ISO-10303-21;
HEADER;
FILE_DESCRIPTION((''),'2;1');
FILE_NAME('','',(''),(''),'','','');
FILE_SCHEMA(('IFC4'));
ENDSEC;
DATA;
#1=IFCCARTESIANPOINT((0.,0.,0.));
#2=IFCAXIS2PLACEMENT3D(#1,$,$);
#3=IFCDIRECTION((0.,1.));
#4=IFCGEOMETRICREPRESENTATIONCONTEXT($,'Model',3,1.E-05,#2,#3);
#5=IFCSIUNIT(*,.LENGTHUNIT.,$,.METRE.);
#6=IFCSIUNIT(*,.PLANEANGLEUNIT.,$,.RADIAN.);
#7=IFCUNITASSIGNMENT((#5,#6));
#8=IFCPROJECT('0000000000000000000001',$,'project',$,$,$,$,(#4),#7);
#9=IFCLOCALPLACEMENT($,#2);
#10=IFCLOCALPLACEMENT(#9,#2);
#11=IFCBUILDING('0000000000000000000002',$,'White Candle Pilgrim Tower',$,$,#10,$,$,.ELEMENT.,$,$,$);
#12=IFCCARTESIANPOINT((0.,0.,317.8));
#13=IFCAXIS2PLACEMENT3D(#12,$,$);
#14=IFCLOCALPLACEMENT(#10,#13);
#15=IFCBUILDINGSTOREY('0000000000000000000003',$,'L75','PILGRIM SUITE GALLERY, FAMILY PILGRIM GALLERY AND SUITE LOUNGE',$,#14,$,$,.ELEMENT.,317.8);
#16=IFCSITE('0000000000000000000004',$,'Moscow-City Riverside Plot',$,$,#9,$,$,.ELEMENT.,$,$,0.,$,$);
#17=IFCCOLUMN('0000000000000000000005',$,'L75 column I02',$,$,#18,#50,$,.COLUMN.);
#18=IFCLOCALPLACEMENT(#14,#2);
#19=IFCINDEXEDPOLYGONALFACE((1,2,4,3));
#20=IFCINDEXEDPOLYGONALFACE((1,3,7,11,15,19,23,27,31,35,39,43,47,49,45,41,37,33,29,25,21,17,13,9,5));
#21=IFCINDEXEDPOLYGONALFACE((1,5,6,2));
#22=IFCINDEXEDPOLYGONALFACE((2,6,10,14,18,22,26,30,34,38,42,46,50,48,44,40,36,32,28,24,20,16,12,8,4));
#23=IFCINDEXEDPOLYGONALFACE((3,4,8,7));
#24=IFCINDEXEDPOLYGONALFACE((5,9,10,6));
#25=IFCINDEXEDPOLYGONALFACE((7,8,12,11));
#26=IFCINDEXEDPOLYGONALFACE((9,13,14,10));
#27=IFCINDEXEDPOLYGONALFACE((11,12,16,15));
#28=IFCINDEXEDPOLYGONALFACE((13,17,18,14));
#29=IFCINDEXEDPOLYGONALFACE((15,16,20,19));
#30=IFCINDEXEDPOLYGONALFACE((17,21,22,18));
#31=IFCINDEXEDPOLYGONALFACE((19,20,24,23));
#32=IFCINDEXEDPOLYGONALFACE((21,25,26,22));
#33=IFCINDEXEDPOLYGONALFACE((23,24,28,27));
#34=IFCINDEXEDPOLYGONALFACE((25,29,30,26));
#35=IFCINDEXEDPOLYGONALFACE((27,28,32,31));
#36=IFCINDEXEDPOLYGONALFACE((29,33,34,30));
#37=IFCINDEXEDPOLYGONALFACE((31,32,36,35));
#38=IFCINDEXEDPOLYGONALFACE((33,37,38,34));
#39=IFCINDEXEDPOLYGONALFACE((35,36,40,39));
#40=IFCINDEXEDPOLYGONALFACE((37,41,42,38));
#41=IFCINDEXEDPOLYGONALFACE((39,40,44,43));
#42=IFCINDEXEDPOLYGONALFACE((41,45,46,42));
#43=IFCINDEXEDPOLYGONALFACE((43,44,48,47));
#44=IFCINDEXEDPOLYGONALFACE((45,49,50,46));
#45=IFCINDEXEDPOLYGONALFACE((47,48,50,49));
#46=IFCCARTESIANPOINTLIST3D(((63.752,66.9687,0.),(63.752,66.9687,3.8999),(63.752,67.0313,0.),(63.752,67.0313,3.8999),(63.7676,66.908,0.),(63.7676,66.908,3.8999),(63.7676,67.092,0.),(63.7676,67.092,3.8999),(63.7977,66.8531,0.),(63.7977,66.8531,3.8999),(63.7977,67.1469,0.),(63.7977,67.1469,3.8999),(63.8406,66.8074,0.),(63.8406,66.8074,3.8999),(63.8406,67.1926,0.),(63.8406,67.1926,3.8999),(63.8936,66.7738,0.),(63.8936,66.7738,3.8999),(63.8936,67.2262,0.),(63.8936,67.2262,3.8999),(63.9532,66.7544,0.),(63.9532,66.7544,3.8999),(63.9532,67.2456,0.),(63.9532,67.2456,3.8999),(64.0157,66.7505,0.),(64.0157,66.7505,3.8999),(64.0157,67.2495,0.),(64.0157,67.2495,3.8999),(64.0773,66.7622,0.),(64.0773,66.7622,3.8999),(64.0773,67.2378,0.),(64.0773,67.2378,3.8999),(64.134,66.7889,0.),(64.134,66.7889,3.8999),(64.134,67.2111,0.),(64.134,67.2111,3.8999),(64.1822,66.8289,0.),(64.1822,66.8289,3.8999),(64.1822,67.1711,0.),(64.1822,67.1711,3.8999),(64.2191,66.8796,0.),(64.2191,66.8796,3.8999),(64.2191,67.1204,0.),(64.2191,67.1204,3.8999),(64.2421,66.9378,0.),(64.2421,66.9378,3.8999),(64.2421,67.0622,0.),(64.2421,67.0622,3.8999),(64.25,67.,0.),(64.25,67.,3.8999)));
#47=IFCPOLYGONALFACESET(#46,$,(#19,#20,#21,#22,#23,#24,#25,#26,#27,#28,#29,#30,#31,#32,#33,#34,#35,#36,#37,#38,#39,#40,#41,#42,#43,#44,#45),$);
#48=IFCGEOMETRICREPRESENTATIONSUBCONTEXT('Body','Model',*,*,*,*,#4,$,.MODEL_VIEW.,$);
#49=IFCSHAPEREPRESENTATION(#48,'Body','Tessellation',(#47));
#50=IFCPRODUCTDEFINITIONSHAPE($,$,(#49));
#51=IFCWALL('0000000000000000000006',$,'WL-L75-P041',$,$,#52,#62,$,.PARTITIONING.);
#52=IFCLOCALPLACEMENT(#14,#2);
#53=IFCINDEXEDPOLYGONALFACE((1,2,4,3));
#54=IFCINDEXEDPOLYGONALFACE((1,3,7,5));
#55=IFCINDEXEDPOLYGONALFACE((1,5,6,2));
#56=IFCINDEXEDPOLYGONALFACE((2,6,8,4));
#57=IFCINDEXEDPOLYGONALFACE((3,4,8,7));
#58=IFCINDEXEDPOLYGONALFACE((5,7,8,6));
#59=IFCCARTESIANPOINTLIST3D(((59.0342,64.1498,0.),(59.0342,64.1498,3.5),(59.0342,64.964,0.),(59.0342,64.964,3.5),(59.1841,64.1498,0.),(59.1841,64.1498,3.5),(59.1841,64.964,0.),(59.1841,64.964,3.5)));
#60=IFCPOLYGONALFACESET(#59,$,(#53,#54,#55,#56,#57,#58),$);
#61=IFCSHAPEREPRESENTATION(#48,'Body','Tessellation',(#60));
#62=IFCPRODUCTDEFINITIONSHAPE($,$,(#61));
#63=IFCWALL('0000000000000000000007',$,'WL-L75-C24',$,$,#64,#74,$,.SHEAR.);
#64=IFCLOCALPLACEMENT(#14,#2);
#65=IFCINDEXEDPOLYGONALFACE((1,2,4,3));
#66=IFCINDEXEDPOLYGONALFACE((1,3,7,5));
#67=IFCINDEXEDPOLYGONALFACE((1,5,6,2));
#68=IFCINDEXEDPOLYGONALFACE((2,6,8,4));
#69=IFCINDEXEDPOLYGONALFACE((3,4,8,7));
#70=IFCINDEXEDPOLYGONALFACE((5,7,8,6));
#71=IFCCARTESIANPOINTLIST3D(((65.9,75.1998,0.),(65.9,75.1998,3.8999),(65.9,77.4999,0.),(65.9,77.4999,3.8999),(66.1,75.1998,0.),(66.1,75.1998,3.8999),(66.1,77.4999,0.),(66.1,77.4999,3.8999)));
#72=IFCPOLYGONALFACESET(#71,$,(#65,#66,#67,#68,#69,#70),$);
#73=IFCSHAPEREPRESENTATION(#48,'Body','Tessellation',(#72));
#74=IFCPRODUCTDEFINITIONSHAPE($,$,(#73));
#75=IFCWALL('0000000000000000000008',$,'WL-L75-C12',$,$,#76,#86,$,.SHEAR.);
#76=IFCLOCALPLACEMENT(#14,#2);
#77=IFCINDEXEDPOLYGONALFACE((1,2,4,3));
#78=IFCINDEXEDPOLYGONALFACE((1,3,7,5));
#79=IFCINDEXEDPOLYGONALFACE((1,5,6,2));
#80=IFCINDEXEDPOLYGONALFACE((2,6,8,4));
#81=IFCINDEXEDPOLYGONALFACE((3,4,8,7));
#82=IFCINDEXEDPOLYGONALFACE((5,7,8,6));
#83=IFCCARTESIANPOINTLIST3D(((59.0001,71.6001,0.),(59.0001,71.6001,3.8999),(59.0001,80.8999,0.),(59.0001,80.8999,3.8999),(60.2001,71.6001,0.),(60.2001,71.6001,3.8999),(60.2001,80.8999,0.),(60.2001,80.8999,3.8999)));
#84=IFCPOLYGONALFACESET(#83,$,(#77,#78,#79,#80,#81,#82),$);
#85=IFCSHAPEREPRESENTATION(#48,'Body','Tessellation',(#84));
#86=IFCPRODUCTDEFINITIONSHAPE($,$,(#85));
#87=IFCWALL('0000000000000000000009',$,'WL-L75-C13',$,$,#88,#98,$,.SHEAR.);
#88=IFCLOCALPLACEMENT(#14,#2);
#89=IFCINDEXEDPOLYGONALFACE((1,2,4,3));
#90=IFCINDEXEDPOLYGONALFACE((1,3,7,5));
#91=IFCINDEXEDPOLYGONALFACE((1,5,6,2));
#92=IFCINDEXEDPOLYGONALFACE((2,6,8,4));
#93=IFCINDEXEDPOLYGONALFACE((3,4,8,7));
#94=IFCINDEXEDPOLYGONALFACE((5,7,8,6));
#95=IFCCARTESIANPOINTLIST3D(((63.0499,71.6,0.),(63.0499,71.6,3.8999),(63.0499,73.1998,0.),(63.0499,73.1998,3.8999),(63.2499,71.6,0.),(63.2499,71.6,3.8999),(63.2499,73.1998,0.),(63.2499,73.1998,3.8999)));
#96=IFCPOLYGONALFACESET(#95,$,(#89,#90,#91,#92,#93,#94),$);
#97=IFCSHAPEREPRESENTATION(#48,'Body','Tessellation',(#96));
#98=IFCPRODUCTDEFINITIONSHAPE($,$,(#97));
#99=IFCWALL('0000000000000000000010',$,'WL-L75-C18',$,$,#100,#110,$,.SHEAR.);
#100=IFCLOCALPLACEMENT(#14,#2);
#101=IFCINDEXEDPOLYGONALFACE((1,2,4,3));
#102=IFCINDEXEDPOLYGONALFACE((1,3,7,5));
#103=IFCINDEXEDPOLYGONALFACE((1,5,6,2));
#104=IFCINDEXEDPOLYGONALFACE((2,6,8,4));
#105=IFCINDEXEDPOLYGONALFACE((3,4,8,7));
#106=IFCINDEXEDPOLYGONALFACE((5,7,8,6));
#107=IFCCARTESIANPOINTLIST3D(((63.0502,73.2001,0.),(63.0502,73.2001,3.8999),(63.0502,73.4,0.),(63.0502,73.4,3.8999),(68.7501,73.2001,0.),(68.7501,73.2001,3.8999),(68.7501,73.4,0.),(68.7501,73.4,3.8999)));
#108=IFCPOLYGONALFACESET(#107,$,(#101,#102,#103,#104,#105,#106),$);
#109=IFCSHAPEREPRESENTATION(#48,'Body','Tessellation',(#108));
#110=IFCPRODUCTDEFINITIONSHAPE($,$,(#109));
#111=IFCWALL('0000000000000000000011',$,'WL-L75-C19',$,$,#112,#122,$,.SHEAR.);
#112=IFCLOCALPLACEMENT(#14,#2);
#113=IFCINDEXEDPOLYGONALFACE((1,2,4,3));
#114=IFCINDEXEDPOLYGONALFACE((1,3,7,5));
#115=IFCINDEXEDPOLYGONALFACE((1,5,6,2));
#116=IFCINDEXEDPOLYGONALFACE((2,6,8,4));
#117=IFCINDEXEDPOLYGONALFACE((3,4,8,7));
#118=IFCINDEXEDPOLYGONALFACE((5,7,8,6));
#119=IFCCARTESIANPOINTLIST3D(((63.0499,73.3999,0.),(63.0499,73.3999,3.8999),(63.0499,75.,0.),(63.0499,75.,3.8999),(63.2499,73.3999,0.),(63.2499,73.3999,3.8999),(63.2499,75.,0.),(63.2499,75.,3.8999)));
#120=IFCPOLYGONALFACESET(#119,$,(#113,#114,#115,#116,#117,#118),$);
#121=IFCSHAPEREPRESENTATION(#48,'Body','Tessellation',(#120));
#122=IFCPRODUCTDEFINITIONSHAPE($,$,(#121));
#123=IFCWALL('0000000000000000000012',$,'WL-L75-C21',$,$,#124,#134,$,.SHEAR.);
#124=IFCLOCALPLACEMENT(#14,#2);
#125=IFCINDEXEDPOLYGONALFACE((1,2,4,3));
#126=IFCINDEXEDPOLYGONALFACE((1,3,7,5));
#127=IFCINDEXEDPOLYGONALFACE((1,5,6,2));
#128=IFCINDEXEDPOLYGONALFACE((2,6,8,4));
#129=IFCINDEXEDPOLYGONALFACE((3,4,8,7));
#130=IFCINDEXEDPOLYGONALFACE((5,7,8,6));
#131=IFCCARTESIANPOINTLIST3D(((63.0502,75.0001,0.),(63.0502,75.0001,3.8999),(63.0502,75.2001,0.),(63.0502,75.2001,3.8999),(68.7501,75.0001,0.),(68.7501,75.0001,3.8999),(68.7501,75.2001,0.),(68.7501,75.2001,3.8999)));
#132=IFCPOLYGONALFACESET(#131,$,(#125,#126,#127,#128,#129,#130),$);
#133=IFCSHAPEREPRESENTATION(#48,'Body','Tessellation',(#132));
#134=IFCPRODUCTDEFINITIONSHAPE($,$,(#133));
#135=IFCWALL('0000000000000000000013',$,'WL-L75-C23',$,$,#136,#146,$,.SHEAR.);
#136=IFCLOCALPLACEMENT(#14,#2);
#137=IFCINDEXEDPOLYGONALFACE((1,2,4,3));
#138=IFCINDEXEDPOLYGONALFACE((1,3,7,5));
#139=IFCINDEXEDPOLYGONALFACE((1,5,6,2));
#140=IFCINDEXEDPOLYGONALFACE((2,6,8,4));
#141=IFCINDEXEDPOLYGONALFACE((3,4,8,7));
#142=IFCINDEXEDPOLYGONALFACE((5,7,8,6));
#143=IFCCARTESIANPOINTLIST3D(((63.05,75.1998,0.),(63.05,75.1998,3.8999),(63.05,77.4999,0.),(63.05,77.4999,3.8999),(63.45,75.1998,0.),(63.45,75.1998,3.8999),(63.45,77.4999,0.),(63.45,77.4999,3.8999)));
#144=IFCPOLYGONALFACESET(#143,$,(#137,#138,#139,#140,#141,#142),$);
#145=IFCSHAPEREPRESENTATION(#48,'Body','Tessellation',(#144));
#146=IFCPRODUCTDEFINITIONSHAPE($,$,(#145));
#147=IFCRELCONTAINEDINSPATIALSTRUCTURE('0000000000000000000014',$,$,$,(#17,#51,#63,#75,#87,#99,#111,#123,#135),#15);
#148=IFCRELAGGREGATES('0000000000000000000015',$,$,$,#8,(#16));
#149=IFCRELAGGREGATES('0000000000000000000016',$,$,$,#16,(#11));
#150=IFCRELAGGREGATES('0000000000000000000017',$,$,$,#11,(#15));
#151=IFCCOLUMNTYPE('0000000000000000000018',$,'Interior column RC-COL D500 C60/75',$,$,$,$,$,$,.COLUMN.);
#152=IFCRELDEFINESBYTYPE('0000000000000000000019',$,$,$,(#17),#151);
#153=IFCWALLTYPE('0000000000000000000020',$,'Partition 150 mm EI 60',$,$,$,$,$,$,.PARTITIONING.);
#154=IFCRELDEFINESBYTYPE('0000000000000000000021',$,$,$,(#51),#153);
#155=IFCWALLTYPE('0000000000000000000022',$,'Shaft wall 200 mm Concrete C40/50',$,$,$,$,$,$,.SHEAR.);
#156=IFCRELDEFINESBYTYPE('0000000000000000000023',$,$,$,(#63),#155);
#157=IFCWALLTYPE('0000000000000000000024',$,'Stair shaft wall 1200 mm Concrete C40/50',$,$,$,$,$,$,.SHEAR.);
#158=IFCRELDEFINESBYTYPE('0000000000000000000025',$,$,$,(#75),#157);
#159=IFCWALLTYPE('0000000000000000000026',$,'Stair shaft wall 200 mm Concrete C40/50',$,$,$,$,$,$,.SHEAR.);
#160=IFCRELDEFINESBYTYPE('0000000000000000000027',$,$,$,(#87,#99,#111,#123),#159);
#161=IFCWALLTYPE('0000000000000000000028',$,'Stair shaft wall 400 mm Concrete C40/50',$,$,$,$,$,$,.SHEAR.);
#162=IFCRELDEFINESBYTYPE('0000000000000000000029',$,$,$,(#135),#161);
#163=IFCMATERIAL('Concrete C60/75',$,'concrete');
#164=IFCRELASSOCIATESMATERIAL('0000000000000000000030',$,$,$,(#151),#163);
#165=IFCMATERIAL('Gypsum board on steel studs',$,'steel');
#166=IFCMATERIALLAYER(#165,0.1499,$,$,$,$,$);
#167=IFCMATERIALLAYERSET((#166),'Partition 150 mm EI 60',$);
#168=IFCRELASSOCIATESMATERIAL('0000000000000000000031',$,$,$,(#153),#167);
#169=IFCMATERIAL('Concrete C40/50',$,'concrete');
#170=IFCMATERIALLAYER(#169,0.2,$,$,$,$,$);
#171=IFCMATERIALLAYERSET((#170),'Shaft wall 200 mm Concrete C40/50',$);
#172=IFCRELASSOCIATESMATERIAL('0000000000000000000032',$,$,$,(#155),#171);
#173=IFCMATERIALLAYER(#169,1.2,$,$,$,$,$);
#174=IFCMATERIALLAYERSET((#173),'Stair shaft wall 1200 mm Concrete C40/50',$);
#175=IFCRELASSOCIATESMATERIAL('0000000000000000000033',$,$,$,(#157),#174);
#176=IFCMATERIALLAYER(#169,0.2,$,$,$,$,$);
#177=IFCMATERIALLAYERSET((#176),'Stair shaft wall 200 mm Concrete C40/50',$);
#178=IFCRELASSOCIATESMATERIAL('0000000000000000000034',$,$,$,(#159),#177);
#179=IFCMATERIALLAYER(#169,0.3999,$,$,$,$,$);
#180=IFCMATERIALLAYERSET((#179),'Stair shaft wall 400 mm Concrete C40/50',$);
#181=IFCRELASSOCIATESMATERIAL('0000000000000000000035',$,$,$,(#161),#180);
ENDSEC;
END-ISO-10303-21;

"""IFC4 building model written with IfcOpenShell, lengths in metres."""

from ifc_helpers import new_model, si_unit, direction, frame, frame_2d, origin, origin_2d, place, context, subcontext, project, spatial, rectangle, circle, extrude, material, layer, layer_set, material_profile, profile_set, type_object, element, save


model = new_model("IFC4")

# Units and contexts
model_context = context("Model", 3, precision=1e-05, world=origin(), true_north=direction((0.0, 1.0)))
body_context = subcontext(model_context, "Body", "Model", "MODEL_VIEW")
ifc_project = project(units=[si_unit("LENGTHUNIT", "METRE"), si_unit("PLANEANGLEUNIT", "RADIAN")], contexts=[model_context])

# Site, building, storey
site_placement = place(None, origin())
site = spatial("IfcSite", under=ifc_project, at=site_placement, Name="Moscow-City Riverside Plot", CompositionType="ELEMENT", RefElevation=0.0)
building_placement = place(site_placement, origin())
building = spatial("IfcBuilding", under=site, at=building_placement, Name="White Candle Pilgrim Tower", CompositionType="ELEMENT")
storey_placement = place(building_placement, frame((0.0, 0.0, 317.8)))
storey = spatial("IfcBuildingStorey", under=building, at=storey_placement, Name="L75", Description="PILGRIM SUITE GALLERY, FAMILY PILGRIM GALLERY AND SUITE LOUNGE", CompositionType="ELEMENT", Elevation=317.8)

# Column
ifc_material_1 = material(Name="Concrete C60/75", Category="concrete")
ifc_material_profile = material_profile(ifc_material_1, circle(Radius=0.25, at=origin_2d()), Name="RC-COL D500")
ifc_profile_set = profile_set([ifc_material_profile], Name="Concrete C60/75")
column_type = type_object("IfcColumnType", Name="Interior column RC-COL D500 C60/75", PredefinedType="COLUMN", material=ifc_profile_set)
column_placement = place(storey_placement, frame((64.0, 67.0, 0.0), z_axis=(0.0, 0.0, 1.0), x_axis=(1.0, 0.0, 0.0)))
element("IfcColumn", 1, at=column_placement, inside=storey, type_object=column_type, Name="L75 column I02", PredefinedType="COLUMN", context=body_context, shape_type="SweptSolid", body=[
    extrude(circle(Radius=0.25, at=origin_2d()), origin(), (0.0, 0.0, 1.0), 3.8999),
])

# Walls
ifc_material_2 = material(Name="Gypsum board on steel studs", Category="steel")
ifc_layer_1 = layer(ifc_material_2, 0.1499)
ifc_layer_set_1 = layer_set([ifc_layer_1], Name="Partition 150 mm EI 60")
wall_type_1 = type_object("IfcWallType", Name="Partition 150 mm EI 60", PredefinedType="PARTITIONING", material=ifc_layer_set_1)
wall_1_placement = place(storey_placement, frame((59.1091, 64.9641, 0.0), z_axis=(0.0, 0.0, 1.0), x_axis=(0.0, -1.0, 0.0)))
element("IfcWall", 2, at=wall_1_placement, inside=storey, type_object=wall_type_1, Name="WL-L75-P041", PredefinedType="PARTITIONING", context=body_context, shape_type="SweptSolid", body=[
    extrude(rectangle(XDim=0.8142, YDim=0.1499, at=frame_2d((0.4072, 0.0))), origin(), (0.0, 0.0, 1.0), 3.5),
])
ifc_material_3 = material(Name="Concrete C40/50", Category="concrete")
ifc_layer_2 = layer(ifc_material_3, 0.2)
ifc_layer_set_2 = layer_set([ifc_layer_2], Name="Shaft wall 200 mm Concrete C40/50")
wall_type_2 = type_object("IfcWallType", Name="Shaft wall 200 mm Concrete C40/50", PredefinedType="SHEAR", material=ifc_layer_set_2)
wall_2_placement = place(storey_placement, frame((66.0, 75.2, 0.0), z_axis=(0.0, 0.0, 1.0), x_axis=(0.0, 1.0, 0.0)))
element("IfcWall", 3, at=wall_2_placement, inside=storey, type_object=wall_type_2, Name="WL-L75-C24", PredefinedType="SHEAR", context=body_context, shape_type="SweptSolid", body=[
    extrude(rectangle(XDim=2.3, YDim=0.2, at=frame_2d((1.1499, 0.0))), origin(), (0.0, 0.0, 1.0), 3.8999),
])
ifc_layer_3 = layer(ifc_material_3, 1.2)
ifc_layer_set_3 = layer_set([ifc_layer_3], Name="Stair shaft wall 1200 mm Concrete C40/50")
wall_type_3 = type_object("IfcWallType", Name="Stair shaft wall 1200 mm Concrete C40/50", PredefinedType="SHEAR", material=ifc_layer_set_3)
wall_3_placement = place(storey_placement, frame((59.6001, 71.6001, 0.0), z_axis=(0.0, 0.0, 1.0), x_axis=(0.0, 1.0, 0.0)))
element("IfcWall", 4, at=wall_3_placement, inside=storey, type_object=wall_type_3, Name="WL-L75-C12", PredefinedType="SHEAR", context=body_context, shape_type="SweptSolid", body=[
    extrude(rectangle(XDim=9.2998, YDim=1.2, at=frame_2d((4.6499, 0.0))), origin(), (0.0, 0.0, 1.0), 3.8999),
])
ifc_layer_4 = layer(ifc_material_3, 0.2)
ifc_layer_set_4 = layer_set([ifc_layer_4], Name="Stair shaft wall 200 mm Concrete C40/50")
wall_type_4 = type_object("IfcWallType", Name="Stair shaft wall 200 mm Concrete C40/50", PredefinedType="SHEAR", material=ifc_layer_set_4)
wall_4_placement = place(storey_placement, frame((63.1499, 71.6001, 0.0), z_axis=(0.0, 0.0, 1.0), x_axis=(0.0, 1.0, 0.0)))
element("IfcWall", 5, at=wall_4_placement, inside=storey, type_object=wall_type_4, Name="WL-L75-C13", PredefinedType="SHEAR", context=body_context, shape_type="SweptSolid", body=[
    extrude(rectangle(XDim=1.5999, YDim=0.2, at=frame_2d((0.7998, 0.0))), origin(), (0.0, 0.0, 1.0), 3.8999),
])
wall_5_placement = place(storey_placement, frame((63.05, 73.3, 0.0), z_axis=(0.0, 0.0, 1.0), x_axis=(1.0, 0.0, 0.0)))
element("IfcWall", 6, at=wall_5_placement, inside=storey, type_object=wall_type_4, Name="WL-L75-C18", PredefinedType="SHEAR", context=body_context, shape_type="SweptSolid", body=[
    extrude(rectangle(XDim=5.7, YDim=0.2, at=frame_2d((2.8501, 0.0))), origin(), (0.0, 0.0, 1.0), 3.8999),
])
wall_6_placement = place(storey_placement, frame((63.1499, 73.3999, 0.0), z_axis=(0.0, 0.0, 1.0), x_axis=(0.0, 1.0, 0.0)))
element("IfcWall", 7, at=wall_6_placement, inside=storey, type_object=wall_type_4, Name="WL-L75-C19", PredefinedType="SHEAR", context=body_context, shape_type="SweptSolid", body=[
    extrude(rectangle(XDim=1.6001, YDim=0.2, at=frame_2d((0.8, 0.0))), origin(), (0.0, 0.0, 1.0), 3.8999),
])
wall_7_placement = place(storey_placement, frame((63.05, 75.1001, 0.0), z_axis=(0.0, 0.0, 1.0), x_axis=(1.0, 0.0, 0.0)))
element("IfcWall", 8, at=wall_7_placement, inside=storey, type_object=wall_type_4, Name="WL-L75-C21", PredefinedType="SHEAR", context=body_context, shape_type="SweptSolid", body=[
    extrude(rectangle(XDim=5.7, YDim=0.2, at=frame_2d((2.8501, 0.0))), origin(), (0.0, 0.0, 1.0), 3.8999),
])
ifc_layer_5 = layer(ifc_material_3, 0.3999)
ifc_layer_set_5 = layer_set([ifc_layer_5], Name="Stair shaft wall 400 mm Concrete C40/50")
wall_type_5 = type_object("IfcWallType", Name="Stair shaft wall 400 mm Concrete C40/50", PredefinedType="SHEAR", material=ifc_layer_set_5)
wall_8_placement = place(storey_placement, frame((63.25, 75.2, 0.0), z_axis=(0.0, 0.0, 1.0), x_axis=(0.0, 1.0, 0.0)))
element("IfcWall", 9, at=wall_8_placement, inside=storey, type_object=wall_type_5, Name="WL-L75-C23", PredefinedType="SHEAR", context=body_context, shape_type="SweptSolid", body=[
    extrude(rectangle(XDim=2.3, YDim=0.3999, at=frame_2d((1.1499, 0.0))), origin(), (0.0, 0.0, 1.0), 3.8999),
])

save(model, "model.ifc")
